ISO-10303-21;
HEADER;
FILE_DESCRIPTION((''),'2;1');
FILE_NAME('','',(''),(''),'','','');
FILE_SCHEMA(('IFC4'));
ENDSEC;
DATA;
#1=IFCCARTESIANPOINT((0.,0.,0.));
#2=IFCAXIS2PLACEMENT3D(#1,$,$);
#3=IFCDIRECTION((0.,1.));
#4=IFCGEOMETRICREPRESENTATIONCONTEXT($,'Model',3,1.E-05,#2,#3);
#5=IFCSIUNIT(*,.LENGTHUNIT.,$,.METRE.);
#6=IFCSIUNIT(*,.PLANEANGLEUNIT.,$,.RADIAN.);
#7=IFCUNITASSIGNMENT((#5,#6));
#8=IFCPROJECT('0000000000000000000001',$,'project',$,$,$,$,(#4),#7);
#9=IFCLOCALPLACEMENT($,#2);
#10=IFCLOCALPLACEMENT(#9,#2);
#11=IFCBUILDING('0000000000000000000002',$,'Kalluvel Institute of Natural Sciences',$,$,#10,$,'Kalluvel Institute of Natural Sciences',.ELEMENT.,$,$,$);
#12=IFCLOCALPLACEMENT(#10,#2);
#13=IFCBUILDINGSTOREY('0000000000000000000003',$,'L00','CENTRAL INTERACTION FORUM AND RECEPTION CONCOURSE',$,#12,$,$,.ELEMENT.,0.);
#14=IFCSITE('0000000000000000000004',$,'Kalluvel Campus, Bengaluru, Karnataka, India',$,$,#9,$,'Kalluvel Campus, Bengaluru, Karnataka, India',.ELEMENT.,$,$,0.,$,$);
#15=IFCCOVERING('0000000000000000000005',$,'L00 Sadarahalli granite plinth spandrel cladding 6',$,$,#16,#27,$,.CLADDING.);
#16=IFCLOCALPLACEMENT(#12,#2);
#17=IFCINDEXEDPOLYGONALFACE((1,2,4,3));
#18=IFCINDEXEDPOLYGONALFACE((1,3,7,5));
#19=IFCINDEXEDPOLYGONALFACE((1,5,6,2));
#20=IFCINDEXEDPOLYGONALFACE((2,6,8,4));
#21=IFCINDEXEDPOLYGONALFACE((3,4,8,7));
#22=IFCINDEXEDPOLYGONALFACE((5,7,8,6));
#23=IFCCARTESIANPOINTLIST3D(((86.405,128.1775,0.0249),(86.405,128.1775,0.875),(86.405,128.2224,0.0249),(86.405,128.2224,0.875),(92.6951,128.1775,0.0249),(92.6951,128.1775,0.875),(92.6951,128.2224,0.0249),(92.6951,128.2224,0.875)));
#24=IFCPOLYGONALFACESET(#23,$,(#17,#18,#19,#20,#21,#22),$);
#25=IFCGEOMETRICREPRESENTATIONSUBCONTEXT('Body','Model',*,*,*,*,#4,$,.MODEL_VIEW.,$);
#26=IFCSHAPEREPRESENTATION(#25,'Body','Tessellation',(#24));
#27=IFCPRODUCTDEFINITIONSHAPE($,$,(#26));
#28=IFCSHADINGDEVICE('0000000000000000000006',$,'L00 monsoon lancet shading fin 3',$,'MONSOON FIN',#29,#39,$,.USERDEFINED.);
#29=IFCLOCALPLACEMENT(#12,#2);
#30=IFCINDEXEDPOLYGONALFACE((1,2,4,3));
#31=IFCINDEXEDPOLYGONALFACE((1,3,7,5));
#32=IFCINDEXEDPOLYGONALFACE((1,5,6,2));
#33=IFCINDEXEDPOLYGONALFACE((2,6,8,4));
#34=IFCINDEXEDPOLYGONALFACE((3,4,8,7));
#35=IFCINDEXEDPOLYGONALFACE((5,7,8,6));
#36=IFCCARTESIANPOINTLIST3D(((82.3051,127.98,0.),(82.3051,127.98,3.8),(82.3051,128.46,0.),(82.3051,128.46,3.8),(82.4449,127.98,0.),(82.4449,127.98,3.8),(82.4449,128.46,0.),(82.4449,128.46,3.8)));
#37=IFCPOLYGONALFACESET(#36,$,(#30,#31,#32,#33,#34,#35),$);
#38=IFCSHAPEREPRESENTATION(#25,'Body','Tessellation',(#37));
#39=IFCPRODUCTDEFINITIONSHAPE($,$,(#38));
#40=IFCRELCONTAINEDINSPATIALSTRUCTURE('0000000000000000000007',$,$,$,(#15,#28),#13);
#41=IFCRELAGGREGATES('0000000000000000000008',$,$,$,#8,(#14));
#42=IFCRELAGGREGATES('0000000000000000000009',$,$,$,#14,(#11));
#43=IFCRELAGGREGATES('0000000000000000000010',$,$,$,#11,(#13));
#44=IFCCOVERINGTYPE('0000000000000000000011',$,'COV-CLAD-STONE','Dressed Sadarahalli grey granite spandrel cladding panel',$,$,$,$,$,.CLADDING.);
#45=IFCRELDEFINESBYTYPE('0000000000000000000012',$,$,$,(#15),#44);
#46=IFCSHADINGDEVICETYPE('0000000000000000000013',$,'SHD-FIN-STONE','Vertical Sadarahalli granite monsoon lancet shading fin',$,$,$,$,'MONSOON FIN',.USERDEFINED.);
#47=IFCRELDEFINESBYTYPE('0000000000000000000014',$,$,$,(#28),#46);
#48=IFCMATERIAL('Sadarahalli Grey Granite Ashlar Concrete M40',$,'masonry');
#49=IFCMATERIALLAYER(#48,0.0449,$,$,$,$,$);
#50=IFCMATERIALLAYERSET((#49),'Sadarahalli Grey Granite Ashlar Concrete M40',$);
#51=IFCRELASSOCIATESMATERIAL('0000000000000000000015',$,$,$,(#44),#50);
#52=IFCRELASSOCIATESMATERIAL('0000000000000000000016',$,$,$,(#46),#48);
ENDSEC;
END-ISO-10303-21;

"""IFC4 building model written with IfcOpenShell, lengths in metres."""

from ifc_helpers import new_model, si_unit, direction, frame, origin, origin_2d, place, context, subcontext, project, spatial, rectangle, extrude, material, layer, layer_set, type_object, element, save


model = new_model("IFC4")

# Units and contexts
model_context = context("Model", 3, precision=1e-05, world=origin(), true_north=direction((0.0, 1.0)))
body_context = subcontext(model_context, "Body", "Model", "MODEL_VIEW")
ifc_project = project(units=[si_unit("LENGTHUNIT", "METRE"), si_unit("PLANEANGLEUNIT", "RADIAN")], contexts=[model_context])

# Site, building, storey
site_placement = place(None, origin())
site = spatial("IfcSite", under=ifc_project, at=site_placement, Name="Kalluvel Campus, Bengaluru, Karnataka, India", LongName="Kalluvel Campus, Bengaluru, Karnataka, India", CompositionType="ELEMENT", RefElevation=0.0)
building_placement = place(site_placement, origin())
building = spatial("IfcBuilding", under=site, at=building_placement, Name="Kalluvel Institute of Natural Sciences", LongName="Kalluvel Institute of Natural Sciences", CompositionType="ELEMENT")
storey_placement = place(building_placement, origin())
storey = spatial("IfcBuildingStorey", under=building, at=storey_placement, Name="L00", Description="CENTRAL INTERACTION FORUM AND RECEPTION CONCOURSE", CompositionType="ELEMENT", Elevation=0.0)

# Shared definitions
ifc_material_1 = material(Name="Sadarahalli Grey Granite Ashlar Concrete M40", Category="masonry")

# Covering
ifc_layer_1 = layer(ifc_material_1, 0.0449)
ifc_layer_set_1 = layer_set([ifc_layer_1], Name="Sadarahalli Grey Granite Ashlar Concrete M40")
covering_type = type_object("IfcCoveringType", Name="COV-CLAD-STONE", Description="Dressed Sadarahalli grey granite spandrel cladding panel", PredefinedType="CLADDING", material=ifc_layer_set_1)
covering_placement = place(storey_placement, frame((89.55, 128.2, 0.0249), z_axis=(0.0, 0.0, 1.0), x_axis=(1.0, 0.0, 0.0)))
element("IfcCovering", 1, at=covering_placement, inside=storey, type_object=covering_type, Name="L00 Sadarahalli granite plinth spandrel cladding 6", PredefinedType="CLADDING", context=body_context, shape_type="SweptSolid", body=[
    extrude(rectangle(XDim=6.29, YDim=0.0449, at=origin_2d()), origin(), (0.0, 0.0, 1.0), 0.8501),
])

# Shading device
shading_device_type = type_object("IfcShadingDeviceType", Name="SHD-FIN-STONE", Description="Vertical Sadarahalli granite monsoon lancet shading fin", ElementType="MONSOON FIN", PredefinedType="USERDEFINED", material=ifc_material_1)
shading_device_placement = place(storey_placement, frame((82.375, 128.22, 0.0), z_axis=(0.0, 0.0, 1.0), x_axis=(1.0, 0.0, 0.0)))
element("IfcShadingDevice", 2, at=shading_device_placement, inside=storey, type_object=shading_device_type, Name="L00 monsoon lancet shading fin 3", ObjectType="MONSOON FIN", PredefinedType="USERDEFINED", context=body_context, shape_type="SweptSolid", body=[
    extrude(rectangle(XDim=0.1399, YDim=0.48, at=origin_2d()), origin(), (0.0, 0.0, 1.0), 3.8),
])

save(model, "model.ifc")
